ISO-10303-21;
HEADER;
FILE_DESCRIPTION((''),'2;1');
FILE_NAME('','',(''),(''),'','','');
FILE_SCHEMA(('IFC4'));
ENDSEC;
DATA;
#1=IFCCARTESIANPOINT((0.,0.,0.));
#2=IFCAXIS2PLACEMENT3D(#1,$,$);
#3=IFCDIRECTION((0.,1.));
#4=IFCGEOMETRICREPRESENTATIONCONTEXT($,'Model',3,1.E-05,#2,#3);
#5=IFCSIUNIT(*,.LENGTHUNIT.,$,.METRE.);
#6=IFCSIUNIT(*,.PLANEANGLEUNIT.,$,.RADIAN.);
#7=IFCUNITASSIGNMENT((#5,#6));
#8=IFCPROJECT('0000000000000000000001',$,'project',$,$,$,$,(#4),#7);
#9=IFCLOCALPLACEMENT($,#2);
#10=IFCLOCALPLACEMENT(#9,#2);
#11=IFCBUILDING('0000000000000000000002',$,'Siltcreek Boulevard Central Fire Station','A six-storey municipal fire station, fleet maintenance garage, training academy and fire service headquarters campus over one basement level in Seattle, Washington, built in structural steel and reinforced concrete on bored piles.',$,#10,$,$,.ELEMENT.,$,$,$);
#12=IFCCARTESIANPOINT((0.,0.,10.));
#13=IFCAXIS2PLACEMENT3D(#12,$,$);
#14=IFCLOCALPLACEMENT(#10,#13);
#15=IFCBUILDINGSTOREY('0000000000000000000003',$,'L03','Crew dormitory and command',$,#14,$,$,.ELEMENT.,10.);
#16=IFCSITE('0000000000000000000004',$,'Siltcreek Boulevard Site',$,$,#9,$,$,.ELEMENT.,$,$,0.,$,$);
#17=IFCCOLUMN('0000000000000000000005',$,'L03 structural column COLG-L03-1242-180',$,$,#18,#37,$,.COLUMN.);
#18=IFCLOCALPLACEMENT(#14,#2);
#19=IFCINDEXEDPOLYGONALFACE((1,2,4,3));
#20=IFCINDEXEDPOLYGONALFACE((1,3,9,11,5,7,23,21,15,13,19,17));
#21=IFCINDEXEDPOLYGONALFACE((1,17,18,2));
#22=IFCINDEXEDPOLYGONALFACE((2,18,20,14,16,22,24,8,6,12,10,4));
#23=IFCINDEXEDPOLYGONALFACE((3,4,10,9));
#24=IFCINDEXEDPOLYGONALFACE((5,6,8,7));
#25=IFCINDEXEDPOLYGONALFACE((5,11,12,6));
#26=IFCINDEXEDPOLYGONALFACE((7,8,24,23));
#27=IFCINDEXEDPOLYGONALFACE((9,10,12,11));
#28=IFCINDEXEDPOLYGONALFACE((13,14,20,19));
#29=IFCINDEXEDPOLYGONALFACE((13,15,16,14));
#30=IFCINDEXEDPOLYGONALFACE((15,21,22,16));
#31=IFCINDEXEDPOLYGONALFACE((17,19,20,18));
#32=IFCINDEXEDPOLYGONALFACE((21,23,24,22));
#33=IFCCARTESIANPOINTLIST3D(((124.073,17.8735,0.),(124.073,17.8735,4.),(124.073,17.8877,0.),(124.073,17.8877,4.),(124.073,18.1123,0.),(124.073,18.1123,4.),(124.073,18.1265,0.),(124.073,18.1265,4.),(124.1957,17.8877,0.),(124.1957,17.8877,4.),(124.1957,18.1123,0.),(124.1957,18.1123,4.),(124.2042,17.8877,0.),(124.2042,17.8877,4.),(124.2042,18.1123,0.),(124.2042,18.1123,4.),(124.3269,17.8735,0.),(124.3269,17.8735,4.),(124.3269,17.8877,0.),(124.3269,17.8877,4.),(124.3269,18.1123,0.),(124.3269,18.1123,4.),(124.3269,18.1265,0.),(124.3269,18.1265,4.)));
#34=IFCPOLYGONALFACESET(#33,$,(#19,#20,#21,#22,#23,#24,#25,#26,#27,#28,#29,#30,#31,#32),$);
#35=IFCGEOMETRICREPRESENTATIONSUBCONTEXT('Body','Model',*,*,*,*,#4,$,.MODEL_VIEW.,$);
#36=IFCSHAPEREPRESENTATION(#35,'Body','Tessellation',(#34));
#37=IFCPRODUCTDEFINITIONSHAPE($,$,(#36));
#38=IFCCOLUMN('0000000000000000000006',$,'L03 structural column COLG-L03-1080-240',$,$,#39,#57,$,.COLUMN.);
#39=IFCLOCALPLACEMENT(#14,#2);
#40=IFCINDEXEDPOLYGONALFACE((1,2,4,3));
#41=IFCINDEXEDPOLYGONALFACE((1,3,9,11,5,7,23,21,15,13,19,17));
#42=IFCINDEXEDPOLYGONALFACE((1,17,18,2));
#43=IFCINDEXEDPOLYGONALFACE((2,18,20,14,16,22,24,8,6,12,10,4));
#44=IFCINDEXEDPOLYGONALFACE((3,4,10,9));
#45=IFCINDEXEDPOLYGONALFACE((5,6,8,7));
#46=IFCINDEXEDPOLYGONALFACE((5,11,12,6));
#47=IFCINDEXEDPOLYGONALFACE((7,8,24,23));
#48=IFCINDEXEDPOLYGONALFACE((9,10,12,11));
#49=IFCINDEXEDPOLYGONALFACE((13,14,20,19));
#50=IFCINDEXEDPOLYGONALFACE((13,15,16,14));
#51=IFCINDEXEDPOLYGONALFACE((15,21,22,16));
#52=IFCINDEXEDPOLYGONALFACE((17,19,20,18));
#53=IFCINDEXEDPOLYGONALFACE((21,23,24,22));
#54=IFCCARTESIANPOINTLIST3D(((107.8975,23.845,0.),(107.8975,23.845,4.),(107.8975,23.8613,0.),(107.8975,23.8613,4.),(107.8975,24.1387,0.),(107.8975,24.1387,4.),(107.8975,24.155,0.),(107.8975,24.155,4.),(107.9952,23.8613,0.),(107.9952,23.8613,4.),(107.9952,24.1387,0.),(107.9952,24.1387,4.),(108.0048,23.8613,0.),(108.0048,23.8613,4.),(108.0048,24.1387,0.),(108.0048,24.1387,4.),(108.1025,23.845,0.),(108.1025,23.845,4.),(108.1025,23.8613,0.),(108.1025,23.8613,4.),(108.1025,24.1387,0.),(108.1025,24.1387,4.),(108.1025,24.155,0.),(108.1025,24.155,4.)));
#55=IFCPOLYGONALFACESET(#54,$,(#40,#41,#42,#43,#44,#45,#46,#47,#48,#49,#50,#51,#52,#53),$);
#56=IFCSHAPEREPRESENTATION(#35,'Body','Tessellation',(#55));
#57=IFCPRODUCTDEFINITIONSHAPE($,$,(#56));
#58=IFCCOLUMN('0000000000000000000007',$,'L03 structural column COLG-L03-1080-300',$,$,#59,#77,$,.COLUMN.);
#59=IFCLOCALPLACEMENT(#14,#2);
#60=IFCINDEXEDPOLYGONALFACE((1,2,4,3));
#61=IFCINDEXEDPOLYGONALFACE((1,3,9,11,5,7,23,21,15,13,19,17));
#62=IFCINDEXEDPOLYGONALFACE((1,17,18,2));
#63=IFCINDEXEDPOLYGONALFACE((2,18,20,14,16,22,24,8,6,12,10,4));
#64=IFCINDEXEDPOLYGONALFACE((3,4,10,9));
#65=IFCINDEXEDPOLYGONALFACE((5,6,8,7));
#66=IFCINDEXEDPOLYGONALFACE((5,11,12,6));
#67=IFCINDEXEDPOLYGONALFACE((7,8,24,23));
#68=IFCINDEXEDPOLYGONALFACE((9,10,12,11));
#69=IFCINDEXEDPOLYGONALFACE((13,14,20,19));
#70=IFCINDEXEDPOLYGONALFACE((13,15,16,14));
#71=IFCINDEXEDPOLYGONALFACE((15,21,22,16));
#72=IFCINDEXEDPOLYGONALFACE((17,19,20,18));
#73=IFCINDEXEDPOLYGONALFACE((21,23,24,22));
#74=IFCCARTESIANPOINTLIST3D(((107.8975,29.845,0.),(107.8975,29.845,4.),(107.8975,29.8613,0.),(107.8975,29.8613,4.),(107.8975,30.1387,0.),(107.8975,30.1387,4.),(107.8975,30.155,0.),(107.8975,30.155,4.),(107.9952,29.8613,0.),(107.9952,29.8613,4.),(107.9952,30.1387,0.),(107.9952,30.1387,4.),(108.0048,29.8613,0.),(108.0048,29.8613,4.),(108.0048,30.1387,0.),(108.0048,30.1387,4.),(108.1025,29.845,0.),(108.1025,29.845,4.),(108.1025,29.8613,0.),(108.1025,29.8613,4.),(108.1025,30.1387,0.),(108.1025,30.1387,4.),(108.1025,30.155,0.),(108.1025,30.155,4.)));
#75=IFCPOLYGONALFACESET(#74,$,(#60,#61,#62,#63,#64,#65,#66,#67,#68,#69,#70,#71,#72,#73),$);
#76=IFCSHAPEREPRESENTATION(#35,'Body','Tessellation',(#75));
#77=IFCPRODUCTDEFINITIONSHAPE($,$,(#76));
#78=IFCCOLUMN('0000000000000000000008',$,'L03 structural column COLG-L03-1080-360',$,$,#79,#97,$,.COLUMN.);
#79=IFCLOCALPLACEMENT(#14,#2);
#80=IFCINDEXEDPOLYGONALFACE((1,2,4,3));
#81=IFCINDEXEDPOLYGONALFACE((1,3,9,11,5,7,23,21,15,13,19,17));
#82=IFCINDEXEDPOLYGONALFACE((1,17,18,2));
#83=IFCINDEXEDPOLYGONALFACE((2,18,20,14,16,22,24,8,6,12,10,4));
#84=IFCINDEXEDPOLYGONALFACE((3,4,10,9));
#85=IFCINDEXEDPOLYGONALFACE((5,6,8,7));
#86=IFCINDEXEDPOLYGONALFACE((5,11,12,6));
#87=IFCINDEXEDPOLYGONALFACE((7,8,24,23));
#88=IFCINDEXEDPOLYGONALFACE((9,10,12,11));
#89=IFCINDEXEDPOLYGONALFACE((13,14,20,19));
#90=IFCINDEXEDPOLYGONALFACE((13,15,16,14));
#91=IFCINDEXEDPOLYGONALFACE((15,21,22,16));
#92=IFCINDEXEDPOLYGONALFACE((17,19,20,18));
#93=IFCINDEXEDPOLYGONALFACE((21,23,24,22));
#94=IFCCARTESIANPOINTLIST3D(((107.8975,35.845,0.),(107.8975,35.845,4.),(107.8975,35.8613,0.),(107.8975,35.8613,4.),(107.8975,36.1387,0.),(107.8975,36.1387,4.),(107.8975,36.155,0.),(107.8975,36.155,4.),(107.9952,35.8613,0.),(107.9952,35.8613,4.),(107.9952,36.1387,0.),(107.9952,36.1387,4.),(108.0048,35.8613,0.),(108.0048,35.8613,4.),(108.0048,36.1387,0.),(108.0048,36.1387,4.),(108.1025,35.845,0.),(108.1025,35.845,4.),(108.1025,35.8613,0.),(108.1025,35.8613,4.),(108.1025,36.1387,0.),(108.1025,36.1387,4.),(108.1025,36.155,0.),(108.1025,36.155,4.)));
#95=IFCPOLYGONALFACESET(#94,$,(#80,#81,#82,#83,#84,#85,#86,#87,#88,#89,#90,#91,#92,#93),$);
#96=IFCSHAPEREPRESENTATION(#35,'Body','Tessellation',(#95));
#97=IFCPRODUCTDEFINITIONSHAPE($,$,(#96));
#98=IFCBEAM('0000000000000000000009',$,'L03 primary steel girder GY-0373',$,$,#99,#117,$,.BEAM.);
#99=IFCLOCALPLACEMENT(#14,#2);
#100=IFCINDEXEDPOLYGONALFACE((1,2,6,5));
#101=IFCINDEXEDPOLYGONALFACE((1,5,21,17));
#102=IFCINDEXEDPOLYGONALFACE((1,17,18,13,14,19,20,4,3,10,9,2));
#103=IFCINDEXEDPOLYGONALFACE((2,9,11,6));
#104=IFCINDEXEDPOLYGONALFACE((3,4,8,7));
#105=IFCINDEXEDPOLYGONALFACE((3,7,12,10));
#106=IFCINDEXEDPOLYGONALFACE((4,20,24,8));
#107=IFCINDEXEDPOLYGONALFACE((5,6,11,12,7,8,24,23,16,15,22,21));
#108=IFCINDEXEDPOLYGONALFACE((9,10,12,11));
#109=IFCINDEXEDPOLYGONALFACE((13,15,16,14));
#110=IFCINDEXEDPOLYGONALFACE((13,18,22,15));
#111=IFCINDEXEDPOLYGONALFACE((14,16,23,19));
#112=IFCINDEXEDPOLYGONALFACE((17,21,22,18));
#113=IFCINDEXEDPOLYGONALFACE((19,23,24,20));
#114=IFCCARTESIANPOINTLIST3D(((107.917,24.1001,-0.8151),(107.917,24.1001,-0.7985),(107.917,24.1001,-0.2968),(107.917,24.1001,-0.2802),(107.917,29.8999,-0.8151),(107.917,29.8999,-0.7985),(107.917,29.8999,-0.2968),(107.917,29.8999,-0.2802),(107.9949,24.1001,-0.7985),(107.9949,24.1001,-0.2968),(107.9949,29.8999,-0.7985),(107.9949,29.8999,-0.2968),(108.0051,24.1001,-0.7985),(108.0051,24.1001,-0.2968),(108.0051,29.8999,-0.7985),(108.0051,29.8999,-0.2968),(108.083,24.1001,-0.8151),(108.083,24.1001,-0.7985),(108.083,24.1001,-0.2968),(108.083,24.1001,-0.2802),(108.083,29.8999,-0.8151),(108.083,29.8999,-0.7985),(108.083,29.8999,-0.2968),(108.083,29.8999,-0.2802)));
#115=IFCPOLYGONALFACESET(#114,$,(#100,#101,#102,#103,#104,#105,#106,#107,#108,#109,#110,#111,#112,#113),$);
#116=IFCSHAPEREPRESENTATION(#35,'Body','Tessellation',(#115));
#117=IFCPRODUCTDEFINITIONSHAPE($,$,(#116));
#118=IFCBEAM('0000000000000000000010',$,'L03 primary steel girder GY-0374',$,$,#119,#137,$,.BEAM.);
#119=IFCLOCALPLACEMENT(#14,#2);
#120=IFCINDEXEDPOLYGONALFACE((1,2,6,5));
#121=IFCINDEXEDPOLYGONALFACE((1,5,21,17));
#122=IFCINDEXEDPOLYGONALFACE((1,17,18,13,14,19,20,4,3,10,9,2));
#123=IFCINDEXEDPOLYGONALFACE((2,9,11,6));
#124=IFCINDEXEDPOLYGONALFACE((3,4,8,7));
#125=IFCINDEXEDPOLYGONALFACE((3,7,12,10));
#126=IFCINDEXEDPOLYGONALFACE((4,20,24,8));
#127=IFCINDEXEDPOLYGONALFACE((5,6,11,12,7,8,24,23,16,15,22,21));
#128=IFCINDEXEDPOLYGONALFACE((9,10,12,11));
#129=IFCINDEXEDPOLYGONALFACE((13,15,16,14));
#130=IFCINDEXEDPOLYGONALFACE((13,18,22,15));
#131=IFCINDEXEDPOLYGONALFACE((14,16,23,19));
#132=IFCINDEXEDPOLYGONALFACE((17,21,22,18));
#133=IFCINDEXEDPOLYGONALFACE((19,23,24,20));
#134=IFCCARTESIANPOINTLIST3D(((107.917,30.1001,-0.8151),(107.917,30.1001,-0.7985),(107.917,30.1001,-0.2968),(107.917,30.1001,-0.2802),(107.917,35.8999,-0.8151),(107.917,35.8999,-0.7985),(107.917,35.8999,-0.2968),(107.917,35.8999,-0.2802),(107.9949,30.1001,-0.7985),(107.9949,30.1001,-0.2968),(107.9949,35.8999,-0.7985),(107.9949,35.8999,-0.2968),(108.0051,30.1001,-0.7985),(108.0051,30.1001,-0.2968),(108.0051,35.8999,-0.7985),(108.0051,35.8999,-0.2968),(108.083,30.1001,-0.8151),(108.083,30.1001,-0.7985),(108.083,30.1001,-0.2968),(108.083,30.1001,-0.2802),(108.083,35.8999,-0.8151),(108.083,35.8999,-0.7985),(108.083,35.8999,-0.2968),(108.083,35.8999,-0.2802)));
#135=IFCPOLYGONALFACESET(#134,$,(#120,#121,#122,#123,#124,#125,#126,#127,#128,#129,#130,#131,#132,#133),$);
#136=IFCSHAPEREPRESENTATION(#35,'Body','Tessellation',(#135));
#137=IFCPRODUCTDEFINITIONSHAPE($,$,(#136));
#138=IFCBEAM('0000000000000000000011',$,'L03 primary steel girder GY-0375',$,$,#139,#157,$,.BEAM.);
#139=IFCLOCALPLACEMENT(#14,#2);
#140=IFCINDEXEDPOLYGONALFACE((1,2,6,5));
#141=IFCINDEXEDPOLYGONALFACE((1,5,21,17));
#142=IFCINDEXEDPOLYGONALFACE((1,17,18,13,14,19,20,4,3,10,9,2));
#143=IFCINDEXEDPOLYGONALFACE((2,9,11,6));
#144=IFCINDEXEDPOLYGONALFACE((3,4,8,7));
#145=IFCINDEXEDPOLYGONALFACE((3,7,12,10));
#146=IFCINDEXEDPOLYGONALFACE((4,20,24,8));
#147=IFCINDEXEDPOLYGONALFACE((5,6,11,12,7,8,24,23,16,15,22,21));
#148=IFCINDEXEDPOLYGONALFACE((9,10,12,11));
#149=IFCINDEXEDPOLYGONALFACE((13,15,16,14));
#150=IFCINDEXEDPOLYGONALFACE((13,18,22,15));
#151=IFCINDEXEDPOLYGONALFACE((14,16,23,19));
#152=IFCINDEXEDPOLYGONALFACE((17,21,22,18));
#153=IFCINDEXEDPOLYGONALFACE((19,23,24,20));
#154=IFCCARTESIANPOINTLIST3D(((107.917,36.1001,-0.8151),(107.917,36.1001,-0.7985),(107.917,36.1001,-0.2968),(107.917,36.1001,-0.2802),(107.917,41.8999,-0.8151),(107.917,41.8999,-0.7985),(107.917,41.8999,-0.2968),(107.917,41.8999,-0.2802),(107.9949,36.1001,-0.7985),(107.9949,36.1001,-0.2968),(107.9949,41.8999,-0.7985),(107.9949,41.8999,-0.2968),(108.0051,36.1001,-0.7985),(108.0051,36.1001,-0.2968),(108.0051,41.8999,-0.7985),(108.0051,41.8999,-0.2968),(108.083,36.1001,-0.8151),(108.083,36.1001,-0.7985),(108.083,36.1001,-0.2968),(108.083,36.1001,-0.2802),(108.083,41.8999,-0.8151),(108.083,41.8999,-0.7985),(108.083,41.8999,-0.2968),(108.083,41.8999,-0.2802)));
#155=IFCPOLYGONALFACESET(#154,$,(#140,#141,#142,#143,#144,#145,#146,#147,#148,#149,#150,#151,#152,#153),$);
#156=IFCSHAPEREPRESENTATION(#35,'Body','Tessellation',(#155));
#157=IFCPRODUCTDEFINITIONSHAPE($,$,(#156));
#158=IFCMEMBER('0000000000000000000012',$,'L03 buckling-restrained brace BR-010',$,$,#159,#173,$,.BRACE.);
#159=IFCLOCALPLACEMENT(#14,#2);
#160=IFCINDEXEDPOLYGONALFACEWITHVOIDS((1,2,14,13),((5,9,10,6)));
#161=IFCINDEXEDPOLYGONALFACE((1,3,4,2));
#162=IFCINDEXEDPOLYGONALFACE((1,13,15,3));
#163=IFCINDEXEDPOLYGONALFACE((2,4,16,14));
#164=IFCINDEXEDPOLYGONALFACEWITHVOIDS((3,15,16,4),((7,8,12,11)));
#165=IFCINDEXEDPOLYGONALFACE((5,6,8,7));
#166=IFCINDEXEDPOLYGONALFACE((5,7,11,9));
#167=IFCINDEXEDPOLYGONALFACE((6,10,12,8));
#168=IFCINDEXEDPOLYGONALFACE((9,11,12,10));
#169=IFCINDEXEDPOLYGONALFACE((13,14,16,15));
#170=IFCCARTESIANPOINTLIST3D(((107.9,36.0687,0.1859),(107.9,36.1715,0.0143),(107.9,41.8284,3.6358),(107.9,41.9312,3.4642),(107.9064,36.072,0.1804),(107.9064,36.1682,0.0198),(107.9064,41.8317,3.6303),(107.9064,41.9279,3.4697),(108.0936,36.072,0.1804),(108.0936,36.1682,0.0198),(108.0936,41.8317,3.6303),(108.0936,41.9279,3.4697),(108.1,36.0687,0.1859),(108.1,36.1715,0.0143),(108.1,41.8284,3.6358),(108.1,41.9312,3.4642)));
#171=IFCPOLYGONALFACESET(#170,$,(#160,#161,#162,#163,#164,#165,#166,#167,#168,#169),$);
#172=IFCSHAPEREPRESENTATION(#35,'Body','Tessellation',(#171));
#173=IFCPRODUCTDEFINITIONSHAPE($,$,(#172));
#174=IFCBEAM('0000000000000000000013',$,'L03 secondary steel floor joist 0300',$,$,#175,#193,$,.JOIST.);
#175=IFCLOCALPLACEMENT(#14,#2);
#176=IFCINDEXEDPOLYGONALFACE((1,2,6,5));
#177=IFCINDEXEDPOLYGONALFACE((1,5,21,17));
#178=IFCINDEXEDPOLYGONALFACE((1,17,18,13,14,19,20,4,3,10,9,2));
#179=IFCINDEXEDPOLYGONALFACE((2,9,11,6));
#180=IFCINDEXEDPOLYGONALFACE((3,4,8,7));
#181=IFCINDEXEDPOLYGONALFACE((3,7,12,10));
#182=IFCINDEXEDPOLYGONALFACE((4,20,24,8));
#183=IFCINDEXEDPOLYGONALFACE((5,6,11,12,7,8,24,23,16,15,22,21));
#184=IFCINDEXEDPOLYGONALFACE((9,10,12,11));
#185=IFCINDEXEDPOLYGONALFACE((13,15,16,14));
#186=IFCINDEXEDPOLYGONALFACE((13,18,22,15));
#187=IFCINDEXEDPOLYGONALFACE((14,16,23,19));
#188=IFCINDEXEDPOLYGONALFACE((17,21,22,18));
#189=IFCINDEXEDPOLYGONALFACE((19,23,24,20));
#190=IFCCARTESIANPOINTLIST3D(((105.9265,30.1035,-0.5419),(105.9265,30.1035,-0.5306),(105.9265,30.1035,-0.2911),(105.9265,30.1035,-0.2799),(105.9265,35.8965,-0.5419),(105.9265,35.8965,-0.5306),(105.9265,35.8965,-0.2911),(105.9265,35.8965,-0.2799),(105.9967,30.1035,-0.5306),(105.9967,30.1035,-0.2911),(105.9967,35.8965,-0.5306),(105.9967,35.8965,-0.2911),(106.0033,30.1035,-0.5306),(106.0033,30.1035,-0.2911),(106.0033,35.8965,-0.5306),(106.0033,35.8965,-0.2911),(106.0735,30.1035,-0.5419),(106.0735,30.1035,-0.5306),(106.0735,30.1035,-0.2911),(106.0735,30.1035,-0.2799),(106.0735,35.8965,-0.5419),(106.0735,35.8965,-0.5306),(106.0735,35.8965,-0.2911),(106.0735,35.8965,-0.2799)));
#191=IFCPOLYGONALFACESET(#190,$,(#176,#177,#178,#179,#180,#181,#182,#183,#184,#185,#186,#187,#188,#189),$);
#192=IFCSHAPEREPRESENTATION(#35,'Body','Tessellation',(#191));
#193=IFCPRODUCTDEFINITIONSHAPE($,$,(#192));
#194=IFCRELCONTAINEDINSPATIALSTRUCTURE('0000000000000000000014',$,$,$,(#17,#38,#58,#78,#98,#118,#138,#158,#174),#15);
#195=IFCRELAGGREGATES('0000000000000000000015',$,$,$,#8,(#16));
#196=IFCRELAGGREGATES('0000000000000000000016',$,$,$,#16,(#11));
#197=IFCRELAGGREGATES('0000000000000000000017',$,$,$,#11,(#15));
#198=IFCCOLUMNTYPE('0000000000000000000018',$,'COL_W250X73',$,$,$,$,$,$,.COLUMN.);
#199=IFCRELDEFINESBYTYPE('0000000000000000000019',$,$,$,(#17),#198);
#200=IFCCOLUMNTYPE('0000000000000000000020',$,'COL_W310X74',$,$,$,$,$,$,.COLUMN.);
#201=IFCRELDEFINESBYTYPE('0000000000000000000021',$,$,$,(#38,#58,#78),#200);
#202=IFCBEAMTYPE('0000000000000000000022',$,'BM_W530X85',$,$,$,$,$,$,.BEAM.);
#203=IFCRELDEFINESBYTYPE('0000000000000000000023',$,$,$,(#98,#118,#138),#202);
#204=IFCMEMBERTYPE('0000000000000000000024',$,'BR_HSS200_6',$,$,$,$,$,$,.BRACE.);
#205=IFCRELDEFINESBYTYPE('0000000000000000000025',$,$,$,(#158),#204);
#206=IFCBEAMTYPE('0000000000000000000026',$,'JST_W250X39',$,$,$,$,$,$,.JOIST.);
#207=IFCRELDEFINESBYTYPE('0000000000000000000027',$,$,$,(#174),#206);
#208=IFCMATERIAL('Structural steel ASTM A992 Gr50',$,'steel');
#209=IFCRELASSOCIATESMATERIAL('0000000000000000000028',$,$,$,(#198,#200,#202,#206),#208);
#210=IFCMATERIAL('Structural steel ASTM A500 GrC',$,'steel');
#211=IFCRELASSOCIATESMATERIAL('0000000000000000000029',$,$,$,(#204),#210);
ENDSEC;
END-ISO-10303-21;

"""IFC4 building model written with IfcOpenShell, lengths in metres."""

from ifc_helpers import new_model, si_unit, direction, frame, origin, origin_2d, place, context, subcontext, project, spatial, hollow_rectangle, i_section, extrude, material, material_profile, profile_set, type_object, element, save


model = new_model("IFC4")

# Units and contexts
model_context = context("Model", 3, precision=1e-05, world=origin(), true_north=direction((0.0, 1.0)))
body_context = subcontext(model_context, "Body", "Model", "MODEL_VIEW")
ifc_project = project(units=[si_unit("LENGTHUNIT", "METRE"), si_unit("PLANEANGLEUNIT", "RADIAN")], contexts=[model_context])

# Site, building, storey
site_placement = place(None, origin())
site = spatial("IfcSite", under=ifc_project, at=site_placement, Name="Siltcreek Boulevard Site", CompositionType="ELEMENT", RefElevation=0.0)
building_placement = place(site_placement, origin())
building = spatial("IfcBuilding", under=site, at=building_placement, Name="Siltcreek Boulevard Central Fire Station", Description="A six-storey municipal fire station, fleet maintenance garage, training academy and fire service headquarters campus over one basement level in Seattle, Washington, built in structural steel and reinforced concrete on bored piles.", CompositionType="ELEMENT")
storey_placement = place(building_placement, frame((0.0, 0.0, 10.0)))
storey = spatial("IfcBuildingStorey", under=building, at=storey_placement, Name="L03", Description="Crew dormitory and command", CompositionType="ELEMENT", Elevation=10.0)

# Columns
ifc_material_1 = material(Name="Structural steel ASTM A992 Gr50", Category="steel")
ifc_material_profile_1 = material_profile(ifc_material_1, i_section(OverallWidth=0.2539, OverallDepth=0.2529, WebThickness=0.0085, FlangeThickness=0.0142, at=origin_2d()), Name="W250X73")
ifc_profile_set_1 = profile_set([ifc_material_profile_1], Name="Structural steel ASTM A992 Gr50")
column_type_1 = type_object("IfcColumnType", Name="COL_W250X73", PredefinedType="COLUMN", material=ifc_profile_set_1)
column_placement = place(storey_placement, frame((124.2, 18.0, 0.0), z_axis=(0.0, 0.0, 1.0), x_axis=(1.0, 0.0, 0.0)))
element("IfcColumn", 1, at=column_placement, inside=storey, type_object=column_type_1, Name="L03 structural column COLG-L03-1242-180", PredefinedType="COLUMN", context=body_context, shape_type="SweptSolid", body=[
    extrude(i_section(OverallWidth=0.2539, OverallDepth=0.2529, WebThickness=0.0085, FlangeThickness=0.0142, at=origin_2d()), origin(), (0.0, 0.0, 1.0), 4.0),
])
ifc_material_profile_2 = material_profile(ifc_material_1, i_section(OverallWidth=0.2051, OverallDepth=0.3101, WebThickness=0.0095, FlangeThickness=0.0164, at=origin_2d()), Name="W310X74")
ifc_profile_set_2 = profile_set([ifc_material_profile_2], Name="Structural steel ASTM A992 Gr50")
column_type_2 = type_object("IfcColumnType", Name="COL_W310X74", PredefinedType="COLUMN", material=ifc_profile_set_2)
for number, where, z_axis, x_axis, name in (
    (2, (108.0, 24.0, 0.0), (0.0, 0.0, 1.0), (1.0, 0.0, 0.0), "L03 structural column COLG-L03-1080-240"),
    (3, (108.0, 30.0, 0.0), (0.0, 0.0, 1.0), (1.0, 0.0, 0.0), "L03 structural column COLG-L03-1080-300"),
    (4, (108.0, 36.0, 0.0), (0.0, 0.0, 1.0), (1.0, 0.0, 0.0), "L03 structural column COLG-L03-1080-360"),
):
    element("IfcColumn", number, at=place(storey_placement, frame(where, z_axis=z_axis, x_axis=x_axis)), inside=storey, type_object=column_type_2, Name=name, PredefinedType="COLUMN", context=body_context, shape_type="SweptSolid", body=[
        extrude(i_section(OverallWidth=0.2051, OverallDepth=0.3101, WebThickness=0.0095, FlangeThickness=0.0164, at=origin_2d()), origin(), (0.0, 0.0, 1.0), 4.0),
    ])

# Beams
ifc_material_profile_3 = material_profile(ifc_material_1, i_section(OverallWidth=0.166, OverallDepth=0.5349, WebThickness=0.0103, FlangeThickness=0.0166, at=origin_2d()), Name="W530X85")
ifc_profile_set_3 = profile_set([ifc_material_profile_3], Name="Structural steel ASTM A992 Gr50")
beam_type_1 = type_object("IfcBeamType", Name="BM_W530X85", PredefinedType="BEAM", material=ifc_profile_set_3)
for number, where, z_axis, x_axis, name in (
    (5, (108.0, 24.1001, -0.5476), (0.0, 1.0, 0.0), (-1.0, 0.0, 0.0), "L03 primary steel girder GY-0373"),
    (6, (108.0, 30.1001, -0.5476), (0.0, 1.0, 0.0), (-1.0, 0.0, 0.0), "L03 primary steel girder GY-0374"),
    (7, (108.0, 36.1001, -0.5476), (0.0, 1.0, 0.0), (-1.0, 0.0, 0.0), "L03 primary steel girder GY-0375"),
):
    element("IfcBeam", number, at=place(storey_placement, frame(where, z_axis=z_axis, x_axis=x_axis)), inside=storey, type_object=beam_type_1, Name=name, PredefinedType="BEAM", context=body_context, shape_type="SweptSolid", body=[
        extrude(i_section(OverallWidth=0.166, OverallDepth=0.5349, WebThickness=0.0103, FlangeThickness=0.0166, at=origin_2d()), origin(), (0.0, 0.0, 1.0), 5.7998),
    ])

# Member
ifc_material_2 = material(Name="Structural steel ASTM A500 GrC", Category="steel")
ifc_material_profile_4 = material_profile(ifc_material_2, hollow_rectangle(XDim=0.2, YDim=0.2, WallThickness=0.0063, at=origin_2d()), Name="HSS200X200X6.4")
ifc_profile_set_4 = profile_set([ifc_material_profile_4], Name="Structural steel ASTM A500 GrC")
member_type = type_object("IfcMemberType", Name="BR_HSS200_6", PredefinedType="BRACE", material=ifc_profile_set_4)
member_placement = place(storey_placement, frame((108.0, 36.1201, 0.1001), z_axis=(0.0, 0.857881, 0.513849), x_axis=(-1.0, 0.0, 0.0)))
element("IfcMember", 8, at=member_placement, inside=storey, type_object=member_type, Name="L03 buckling-restrained brace BR-010", PredefinedType="BRACE", context=body_context, shape_type="SweptSolid", body=[
    extrude(hollow_rectangle(XDim=0.2, YDim=0.2, WallThickness=0.0063, at=origin_2d()), origin(), (0.0, 0.0, 1.0), 6.7139),
])

# Beam
ifc_material_profile_5 = material_profile(ifc_material_1, i_section(OverallWidth=0.147, OverallDepth=0.262, WebThickness=0.0066, FlangeThickness=0.0112, at=origin_2d()), Name="W250X39")
ifc_profile_set_5 = profile_set([ifc_material_profile_5], Name="Structural steel ASTM A992 Gr50")
beam_type_2 = type_object("IfcBeamType", Name="JST_W250X39", PredefinedType="JOIST", material=ifc_profile_set_5)
beam_1_placement = place(storey_placement, frame((106.0, 30.1035, -0.4109), z_axis=(0.0, 1.0, 0.0), x_axis=(-1.0, 0.0, 0.0)))
element("IfcBeam", 9, at=beam_1_placement, inside=storey, type_object=beam_type_2, Name="L03 secondary steel floor joist 0300", PredefinedType="JOIST", context=body_context, shape_type="SweptSolid", body=[
    extrude(i_section(OverallWidth=0.147, OverallDepth=0.262, WebThickness=0.0066, FlangeThickness=0.0112, at=origin_2d()), origin(), (0.0, 0.0, 1.0), 5.793),
])

save(model, "model.ifc")
